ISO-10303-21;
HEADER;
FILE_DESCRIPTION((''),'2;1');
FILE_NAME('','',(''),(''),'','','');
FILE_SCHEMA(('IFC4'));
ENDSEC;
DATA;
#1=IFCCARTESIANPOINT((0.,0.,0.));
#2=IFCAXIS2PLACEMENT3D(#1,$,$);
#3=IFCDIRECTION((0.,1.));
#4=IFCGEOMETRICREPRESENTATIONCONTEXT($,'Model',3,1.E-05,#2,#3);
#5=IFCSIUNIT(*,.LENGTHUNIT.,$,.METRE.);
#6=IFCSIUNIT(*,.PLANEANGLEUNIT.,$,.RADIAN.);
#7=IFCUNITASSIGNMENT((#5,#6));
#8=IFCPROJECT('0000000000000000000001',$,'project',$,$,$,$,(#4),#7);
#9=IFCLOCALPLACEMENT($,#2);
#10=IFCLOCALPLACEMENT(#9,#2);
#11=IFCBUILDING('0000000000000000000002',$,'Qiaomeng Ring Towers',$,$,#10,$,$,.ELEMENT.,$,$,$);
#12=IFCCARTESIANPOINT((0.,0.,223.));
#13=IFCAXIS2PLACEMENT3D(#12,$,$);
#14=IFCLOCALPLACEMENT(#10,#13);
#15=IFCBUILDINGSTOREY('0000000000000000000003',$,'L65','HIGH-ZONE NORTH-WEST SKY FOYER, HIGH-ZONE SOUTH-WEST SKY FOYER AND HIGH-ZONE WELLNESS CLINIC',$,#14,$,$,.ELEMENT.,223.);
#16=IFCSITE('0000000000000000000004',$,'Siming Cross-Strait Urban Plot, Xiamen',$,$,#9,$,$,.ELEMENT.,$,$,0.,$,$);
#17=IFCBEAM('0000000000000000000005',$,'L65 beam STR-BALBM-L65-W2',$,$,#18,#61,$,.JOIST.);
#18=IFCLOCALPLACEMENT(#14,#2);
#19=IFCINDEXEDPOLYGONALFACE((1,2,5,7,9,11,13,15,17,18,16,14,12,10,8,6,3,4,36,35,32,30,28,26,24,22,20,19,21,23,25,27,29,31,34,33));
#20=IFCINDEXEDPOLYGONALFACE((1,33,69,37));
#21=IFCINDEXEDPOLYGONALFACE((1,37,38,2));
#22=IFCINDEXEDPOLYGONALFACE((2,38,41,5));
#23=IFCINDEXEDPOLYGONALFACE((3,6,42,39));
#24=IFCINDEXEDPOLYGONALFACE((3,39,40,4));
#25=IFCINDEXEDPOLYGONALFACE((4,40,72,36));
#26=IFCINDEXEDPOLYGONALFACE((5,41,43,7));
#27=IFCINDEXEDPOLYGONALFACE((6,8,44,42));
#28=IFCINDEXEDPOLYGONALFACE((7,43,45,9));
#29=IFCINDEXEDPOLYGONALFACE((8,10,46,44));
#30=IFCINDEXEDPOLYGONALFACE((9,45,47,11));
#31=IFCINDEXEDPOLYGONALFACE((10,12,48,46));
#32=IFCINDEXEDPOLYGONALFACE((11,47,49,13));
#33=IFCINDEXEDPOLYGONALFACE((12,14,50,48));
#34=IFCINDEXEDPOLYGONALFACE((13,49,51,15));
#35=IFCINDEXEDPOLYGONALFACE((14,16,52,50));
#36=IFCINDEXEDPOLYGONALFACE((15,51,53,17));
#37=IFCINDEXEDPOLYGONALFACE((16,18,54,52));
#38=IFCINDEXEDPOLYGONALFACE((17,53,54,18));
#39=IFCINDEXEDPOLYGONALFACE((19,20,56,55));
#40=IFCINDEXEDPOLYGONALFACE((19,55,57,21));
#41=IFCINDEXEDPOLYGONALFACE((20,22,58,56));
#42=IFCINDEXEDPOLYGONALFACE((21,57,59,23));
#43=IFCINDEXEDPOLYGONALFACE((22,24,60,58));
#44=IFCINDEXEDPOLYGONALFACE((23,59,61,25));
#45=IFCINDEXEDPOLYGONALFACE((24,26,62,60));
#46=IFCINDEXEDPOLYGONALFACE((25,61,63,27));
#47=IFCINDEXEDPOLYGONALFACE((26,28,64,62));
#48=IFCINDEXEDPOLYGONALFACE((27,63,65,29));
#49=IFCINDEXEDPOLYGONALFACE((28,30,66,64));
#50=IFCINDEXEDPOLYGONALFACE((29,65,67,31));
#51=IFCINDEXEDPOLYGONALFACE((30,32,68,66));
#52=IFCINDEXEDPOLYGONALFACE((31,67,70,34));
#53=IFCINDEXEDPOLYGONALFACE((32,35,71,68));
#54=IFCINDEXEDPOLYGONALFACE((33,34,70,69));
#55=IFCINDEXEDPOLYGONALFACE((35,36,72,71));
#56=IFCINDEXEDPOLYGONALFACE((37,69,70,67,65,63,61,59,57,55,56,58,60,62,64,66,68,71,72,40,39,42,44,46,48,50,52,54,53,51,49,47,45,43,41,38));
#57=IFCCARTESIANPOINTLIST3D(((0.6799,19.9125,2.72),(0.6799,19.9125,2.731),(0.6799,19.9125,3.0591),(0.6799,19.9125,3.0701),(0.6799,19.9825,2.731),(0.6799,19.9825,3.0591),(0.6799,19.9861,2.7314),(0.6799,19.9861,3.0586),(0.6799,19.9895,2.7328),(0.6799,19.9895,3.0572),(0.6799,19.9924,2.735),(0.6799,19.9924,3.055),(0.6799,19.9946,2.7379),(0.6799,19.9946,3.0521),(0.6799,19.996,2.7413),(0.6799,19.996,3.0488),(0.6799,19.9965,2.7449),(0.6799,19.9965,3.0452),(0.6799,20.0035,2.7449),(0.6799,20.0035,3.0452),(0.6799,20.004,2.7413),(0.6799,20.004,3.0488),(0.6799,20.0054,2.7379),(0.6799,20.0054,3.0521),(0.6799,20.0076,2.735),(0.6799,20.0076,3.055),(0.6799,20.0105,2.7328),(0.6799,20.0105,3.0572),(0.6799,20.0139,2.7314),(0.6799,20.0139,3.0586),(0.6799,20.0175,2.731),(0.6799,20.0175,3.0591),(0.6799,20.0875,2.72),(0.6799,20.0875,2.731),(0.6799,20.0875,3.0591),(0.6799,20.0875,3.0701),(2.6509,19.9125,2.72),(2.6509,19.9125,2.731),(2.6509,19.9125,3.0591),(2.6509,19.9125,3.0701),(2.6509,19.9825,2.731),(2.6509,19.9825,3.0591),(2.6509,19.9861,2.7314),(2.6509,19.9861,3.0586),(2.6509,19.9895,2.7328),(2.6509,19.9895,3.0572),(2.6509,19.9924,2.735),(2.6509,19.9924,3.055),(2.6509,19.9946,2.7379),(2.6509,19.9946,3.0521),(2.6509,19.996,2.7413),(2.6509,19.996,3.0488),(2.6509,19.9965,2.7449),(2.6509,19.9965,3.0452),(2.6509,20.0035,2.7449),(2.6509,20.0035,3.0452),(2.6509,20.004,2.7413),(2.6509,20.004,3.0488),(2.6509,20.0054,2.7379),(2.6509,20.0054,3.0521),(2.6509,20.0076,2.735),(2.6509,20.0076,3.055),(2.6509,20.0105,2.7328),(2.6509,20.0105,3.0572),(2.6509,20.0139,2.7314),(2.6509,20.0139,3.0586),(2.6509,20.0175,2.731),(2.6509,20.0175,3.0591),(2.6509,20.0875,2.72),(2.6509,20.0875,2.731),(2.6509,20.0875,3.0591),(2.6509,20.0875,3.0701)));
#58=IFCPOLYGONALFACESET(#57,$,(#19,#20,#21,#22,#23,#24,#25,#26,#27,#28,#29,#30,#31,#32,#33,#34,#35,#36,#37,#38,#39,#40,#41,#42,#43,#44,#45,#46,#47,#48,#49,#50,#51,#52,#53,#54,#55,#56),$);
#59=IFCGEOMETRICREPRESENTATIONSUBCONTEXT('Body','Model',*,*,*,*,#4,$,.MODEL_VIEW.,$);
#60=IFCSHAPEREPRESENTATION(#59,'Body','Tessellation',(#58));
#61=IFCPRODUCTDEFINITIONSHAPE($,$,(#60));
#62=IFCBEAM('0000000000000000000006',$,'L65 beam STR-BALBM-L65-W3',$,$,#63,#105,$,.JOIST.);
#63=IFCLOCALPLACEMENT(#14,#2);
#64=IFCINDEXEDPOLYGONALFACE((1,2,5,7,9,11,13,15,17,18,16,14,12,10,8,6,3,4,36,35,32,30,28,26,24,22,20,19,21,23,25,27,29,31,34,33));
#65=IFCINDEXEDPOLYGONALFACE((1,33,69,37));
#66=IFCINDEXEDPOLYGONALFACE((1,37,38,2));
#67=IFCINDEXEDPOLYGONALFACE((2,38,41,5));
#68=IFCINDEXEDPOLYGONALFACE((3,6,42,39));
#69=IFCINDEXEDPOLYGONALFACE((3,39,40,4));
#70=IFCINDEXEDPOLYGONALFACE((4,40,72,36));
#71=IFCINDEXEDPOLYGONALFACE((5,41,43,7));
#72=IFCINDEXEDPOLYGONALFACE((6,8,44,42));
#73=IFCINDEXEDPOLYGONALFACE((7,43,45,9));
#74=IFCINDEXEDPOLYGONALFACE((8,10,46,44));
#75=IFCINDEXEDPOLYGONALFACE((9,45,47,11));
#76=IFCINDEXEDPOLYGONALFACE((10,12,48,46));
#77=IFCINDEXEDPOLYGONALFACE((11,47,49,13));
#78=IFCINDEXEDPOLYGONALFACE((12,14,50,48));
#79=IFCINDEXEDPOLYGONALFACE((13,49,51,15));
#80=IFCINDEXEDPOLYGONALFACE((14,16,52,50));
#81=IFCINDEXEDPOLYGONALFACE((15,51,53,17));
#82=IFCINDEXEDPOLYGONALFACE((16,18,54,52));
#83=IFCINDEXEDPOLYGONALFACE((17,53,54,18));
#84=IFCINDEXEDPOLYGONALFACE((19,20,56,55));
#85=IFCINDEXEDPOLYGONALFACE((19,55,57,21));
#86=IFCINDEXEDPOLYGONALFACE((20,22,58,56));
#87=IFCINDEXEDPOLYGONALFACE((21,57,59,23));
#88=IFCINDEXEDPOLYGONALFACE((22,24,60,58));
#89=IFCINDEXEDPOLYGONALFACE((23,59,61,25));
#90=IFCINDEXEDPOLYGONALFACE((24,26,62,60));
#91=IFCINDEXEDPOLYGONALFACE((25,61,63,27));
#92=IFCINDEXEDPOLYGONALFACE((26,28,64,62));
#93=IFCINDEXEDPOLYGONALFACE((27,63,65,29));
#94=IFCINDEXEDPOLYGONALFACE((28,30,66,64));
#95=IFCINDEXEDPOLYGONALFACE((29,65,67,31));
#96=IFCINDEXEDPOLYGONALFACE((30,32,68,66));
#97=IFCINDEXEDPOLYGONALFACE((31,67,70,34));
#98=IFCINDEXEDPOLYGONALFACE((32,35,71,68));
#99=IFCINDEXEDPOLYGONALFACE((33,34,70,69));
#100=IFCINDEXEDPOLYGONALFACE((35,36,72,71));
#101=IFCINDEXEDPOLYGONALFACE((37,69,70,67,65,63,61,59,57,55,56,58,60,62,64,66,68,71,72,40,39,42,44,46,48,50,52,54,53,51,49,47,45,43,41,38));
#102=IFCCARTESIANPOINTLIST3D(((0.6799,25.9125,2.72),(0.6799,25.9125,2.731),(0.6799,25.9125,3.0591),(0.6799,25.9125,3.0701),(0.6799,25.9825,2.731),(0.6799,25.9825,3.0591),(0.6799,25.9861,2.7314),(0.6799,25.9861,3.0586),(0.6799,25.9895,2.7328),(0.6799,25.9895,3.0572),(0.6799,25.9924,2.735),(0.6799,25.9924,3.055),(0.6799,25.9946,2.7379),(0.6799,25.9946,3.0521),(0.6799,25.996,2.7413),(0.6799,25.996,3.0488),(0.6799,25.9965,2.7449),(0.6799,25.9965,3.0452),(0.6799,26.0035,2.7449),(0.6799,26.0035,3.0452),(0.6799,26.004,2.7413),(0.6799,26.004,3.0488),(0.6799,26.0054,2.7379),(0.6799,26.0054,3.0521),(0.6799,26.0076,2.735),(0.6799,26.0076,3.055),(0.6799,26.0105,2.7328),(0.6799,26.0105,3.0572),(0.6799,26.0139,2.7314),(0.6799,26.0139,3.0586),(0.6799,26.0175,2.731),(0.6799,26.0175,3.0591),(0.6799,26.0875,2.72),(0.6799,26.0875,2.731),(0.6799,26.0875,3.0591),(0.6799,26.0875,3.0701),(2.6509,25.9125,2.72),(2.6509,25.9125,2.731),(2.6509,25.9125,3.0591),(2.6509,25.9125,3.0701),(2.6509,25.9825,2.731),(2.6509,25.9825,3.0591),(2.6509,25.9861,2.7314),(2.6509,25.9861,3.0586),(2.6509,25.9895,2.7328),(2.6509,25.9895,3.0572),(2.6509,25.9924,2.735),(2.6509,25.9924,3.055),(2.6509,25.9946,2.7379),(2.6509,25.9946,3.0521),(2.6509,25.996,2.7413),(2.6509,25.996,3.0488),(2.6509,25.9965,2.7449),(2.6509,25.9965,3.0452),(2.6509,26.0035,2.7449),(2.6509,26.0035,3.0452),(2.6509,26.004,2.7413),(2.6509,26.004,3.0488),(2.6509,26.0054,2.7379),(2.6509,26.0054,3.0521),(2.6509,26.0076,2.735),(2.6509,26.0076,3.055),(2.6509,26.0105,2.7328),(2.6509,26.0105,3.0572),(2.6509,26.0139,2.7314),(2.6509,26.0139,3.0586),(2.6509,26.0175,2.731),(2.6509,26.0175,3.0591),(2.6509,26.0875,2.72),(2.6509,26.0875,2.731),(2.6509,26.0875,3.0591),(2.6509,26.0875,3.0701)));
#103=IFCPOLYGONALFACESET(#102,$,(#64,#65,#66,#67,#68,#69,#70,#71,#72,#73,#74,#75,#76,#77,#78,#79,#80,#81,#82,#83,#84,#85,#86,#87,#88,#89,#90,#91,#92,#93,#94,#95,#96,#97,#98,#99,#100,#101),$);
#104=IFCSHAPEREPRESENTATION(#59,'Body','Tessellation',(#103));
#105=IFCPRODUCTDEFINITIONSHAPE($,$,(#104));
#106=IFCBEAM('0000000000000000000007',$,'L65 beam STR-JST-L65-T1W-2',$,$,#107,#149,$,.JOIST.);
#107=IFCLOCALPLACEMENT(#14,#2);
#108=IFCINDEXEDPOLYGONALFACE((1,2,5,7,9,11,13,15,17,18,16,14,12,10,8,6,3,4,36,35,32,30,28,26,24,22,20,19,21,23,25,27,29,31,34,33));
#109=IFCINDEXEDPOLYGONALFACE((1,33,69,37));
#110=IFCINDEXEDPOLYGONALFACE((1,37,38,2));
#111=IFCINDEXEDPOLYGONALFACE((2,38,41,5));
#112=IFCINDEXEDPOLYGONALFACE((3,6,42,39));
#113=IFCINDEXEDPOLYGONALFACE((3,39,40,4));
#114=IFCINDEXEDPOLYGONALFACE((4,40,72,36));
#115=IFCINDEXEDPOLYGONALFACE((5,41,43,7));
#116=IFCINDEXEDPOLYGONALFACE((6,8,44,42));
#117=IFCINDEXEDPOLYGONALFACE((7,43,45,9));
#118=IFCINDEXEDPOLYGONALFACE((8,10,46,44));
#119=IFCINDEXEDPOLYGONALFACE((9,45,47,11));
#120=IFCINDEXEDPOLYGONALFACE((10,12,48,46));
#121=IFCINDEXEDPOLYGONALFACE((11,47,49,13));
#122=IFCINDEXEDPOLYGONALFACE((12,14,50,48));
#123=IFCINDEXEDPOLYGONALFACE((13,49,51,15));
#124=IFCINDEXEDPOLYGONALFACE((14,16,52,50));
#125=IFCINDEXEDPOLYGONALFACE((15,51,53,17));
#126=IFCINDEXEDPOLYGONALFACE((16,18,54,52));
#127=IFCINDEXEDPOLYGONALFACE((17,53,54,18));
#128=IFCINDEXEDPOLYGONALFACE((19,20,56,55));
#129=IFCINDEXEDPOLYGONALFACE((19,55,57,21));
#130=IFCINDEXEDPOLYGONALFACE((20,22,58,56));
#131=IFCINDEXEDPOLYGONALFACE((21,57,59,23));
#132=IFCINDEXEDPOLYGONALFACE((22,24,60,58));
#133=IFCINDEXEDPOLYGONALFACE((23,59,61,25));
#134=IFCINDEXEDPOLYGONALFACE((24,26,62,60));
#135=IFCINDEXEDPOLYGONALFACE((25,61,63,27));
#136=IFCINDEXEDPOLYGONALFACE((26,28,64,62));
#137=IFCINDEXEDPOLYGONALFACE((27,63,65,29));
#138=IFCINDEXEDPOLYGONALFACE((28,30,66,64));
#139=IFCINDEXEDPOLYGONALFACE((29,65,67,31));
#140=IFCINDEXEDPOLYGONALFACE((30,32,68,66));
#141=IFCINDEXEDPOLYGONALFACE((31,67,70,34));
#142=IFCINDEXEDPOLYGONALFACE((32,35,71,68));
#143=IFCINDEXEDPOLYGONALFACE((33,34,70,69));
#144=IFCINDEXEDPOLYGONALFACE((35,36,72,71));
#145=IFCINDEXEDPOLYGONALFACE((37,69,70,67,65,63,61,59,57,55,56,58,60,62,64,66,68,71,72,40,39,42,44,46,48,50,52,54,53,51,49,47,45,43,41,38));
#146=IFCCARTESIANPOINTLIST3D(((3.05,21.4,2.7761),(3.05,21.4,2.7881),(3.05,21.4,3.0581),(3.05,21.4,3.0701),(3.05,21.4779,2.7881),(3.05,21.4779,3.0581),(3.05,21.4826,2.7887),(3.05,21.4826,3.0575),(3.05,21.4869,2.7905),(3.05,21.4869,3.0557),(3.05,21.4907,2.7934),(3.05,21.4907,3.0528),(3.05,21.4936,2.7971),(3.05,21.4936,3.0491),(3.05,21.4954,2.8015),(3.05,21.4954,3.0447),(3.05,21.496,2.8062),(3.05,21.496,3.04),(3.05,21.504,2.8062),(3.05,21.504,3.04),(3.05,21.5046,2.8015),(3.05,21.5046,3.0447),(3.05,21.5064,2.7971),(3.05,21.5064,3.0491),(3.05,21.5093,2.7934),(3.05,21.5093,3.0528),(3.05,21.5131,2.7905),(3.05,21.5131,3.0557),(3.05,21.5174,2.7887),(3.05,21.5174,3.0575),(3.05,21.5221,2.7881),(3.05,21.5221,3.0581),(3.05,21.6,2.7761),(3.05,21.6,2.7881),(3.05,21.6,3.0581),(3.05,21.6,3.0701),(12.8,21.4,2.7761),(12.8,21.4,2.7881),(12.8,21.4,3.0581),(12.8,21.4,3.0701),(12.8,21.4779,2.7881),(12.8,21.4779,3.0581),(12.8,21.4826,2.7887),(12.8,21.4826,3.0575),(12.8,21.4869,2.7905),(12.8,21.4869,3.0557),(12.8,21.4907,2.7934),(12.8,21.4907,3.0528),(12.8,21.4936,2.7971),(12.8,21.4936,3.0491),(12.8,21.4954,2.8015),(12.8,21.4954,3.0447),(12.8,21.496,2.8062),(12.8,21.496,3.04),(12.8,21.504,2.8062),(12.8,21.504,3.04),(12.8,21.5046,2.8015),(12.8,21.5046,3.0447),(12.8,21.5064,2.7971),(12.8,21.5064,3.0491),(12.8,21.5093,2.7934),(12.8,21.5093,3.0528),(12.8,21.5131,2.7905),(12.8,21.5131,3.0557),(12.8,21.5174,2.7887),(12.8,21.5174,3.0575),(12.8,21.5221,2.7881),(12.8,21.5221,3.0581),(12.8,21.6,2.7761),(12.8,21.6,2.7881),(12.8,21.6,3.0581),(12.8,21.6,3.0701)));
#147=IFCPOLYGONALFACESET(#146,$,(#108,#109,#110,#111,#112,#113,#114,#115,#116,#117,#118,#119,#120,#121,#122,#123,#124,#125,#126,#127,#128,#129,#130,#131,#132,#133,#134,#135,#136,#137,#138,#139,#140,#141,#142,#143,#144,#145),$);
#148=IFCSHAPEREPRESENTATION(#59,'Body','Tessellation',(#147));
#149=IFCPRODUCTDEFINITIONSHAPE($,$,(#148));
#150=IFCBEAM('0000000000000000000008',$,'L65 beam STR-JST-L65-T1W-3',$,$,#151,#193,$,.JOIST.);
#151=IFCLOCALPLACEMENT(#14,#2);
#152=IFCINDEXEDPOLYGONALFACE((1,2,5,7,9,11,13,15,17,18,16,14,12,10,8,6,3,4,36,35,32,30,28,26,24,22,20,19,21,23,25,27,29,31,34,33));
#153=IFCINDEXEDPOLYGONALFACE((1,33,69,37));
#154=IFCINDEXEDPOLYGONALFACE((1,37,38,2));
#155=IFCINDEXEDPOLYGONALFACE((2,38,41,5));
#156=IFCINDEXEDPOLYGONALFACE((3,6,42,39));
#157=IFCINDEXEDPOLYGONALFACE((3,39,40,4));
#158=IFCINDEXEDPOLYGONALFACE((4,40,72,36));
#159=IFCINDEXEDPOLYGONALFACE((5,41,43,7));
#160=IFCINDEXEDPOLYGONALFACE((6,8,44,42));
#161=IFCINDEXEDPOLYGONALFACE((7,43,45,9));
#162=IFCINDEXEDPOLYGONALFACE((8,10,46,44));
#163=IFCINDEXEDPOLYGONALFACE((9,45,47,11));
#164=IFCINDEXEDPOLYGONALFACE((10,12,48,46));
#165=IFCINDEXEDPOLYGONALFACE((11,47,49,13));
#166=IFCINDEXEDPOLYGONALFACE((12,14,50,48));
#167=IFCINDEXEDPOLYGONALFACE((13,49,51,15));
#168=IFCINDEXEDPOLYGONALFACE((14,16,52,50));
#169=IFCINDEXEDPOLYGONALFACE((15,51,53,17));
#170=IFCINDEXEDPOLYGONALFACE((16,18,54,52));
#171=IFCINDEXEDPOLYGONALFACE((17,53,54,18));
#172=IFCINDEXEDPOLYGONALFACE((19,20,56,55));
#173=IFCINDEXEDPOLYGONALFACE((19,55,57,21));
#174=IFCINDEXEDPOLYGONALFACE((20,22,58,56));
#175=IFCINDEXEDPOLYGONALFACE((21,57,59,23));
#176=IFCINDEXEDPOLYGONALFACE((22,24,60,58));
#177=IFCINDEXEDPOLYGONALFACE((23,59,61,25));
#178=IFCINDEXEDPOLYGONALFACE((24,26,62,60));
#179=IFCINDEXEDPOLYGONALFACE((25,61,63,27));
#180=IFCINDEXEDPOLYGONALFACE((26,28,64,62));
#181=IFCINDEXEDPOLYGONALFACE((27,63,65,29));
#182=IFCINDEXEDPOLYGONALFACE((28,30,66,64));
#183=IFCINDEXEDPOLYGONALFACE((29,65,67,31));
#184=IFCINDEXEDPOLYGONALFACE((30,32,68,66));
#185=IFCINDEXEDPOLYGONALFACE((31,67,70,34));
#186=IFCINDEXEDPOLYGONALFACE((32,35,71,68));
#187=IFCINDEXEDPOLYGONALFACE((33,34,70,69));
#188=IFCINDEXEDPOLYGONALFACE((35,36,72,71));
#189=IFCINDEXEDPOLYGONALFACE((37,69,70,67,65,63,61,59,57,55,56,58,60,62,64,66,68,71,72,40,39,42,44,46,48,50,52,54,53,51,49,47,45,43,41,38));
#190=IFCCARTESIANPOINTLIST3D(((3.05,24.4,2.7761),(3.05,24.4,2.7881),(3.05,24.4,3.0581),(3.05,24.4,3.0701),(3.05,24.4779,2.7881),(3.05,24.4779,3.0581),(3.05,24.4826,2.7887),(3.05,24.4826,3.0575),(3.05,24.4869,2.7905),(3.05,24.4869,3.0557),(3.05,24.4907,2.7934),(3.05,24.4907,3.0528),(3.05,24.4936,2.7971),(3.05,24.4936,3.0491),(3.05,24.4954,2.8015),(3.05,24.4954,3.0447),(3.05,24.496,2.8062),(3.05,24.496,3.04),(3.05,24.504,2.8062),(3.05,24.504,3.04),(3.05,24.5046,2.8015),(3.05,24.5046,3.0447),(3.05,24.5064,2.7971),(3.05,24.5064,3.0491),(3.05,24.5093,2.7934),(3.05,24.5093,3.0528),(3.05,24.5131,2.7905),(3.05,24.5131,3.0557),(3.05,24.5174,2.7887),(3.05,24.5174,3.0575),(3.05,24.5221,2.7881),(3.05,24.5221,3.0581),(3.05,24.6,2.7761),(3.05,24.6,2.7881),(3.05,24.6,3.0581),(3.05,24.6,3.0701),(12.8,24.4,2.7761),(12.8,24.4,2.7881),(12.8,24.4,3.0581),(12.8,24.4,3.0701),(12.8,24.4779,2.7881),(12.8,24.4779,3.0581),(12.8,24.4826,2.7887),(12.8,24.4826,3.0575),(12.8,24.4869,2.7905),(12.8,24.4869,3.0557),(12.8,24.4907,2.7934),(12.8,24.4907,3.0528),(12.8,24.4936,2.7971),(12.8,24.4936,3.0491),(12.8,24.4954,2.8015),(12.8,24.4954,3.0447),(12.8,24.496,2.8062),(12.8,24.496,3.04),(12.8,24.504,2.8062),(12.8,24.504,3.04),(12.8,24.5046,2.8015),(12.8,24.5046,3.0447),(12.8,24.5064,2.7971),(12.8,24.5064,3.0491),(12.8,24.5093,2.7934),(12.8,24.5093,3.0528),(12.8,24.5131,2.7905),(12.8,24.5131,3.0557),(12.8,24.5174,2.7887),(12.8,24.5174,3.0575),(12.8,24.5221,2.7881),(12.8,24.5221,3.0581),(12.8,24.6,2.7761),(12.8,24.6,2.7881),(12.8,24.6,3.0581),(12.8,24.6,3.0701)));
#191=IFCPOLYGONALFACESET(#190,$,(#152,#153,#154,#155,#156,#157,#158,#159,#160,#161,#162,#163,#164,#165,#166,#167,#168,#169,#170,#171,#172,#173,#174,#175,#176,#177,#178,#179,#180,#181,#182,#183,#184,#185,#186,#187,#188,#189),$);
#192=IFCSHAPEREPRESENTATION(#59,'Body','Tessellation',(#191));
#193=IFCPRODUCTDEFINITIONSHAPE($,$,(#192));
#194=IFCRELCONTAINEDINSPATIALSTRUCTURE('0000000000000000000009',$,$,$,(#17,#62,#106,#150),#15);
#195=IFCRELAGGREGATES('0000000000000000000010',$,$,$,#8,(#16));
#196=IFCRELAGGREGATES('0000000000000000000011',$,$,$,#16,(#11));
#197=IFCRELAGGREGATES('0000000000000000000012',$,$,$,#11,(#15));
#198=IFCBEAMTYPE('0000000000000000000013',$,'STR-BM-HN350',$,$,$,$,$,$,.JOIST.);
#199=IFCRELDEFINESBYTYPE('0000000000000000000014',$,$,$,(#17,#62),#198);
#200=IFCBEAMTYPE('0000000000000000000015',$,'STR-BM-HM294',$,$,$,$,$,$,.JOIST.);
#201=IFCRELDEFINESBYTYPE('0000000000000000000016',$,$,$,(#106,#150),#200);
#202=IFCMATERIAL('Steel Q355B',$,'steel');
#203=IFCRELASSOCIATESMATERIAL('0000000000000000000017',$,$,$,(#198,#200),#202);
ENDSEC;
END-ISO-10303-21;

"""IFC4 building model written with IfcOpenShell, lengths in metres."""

from ifc_helpers import new_model, si_unit, direction, frame, origin, origin_2d, place, context, subcontext, project, spatial, i_section, extrude, source, transform, mapped, material, material_profile, profile_set, type_object, element, save


model = new_model("IFC4")

# Units and contexts
model_context = context("Model", 3, precision=1e-05, world=origin(), true_north=direction((0.0, 1.0)))
body_context = subcontext(model_context, "Body", "Model", "MODEL_VIEW")
ifc_project = project(units=[si_unit("LENGTHUNIT", "METRE"), si_unit("PLANEANGLEUNIT", "RADIAN")], contexts=[model_context])

# Site, building, storey
site_placement = place(None, origin())
site = spatial("IfcSite", under=ifc_project, at=site_placement, Name="Siming Cross-Strait Urban Plot, Xiamen", CompositionType="ELEMENT", RefElevation=0.0)
building_placement = place(site_placement, origin())
building = spatial("IfcBuilding", under=site, at=building_placement, Name="Qiaomeng Ring Towers", CompositionType="ELEMENT")
storey_placement = place(building_placement, frame((0.0, 0.0, 223.0)))
storey = spatial("IfcBuildingStorey", under=building, at=storey_placement, Name="L65", Description="HIGH-ZONE NORTH-WEST SKY FOYER, HIGH-ZONE SOUTH-WEST SKY FOYER AND HIGH-ZONE WELLNESS CLINIC", CompositionType="ELEMENT", Elevation=223.0)

# Beams
ifc_material_1 = material(Name="Steel Q355B", Category="steel")
ifc_material_profile_1 = material_profile(ifc_material_1, i_section(OverallWidth=0.175, OverallDepth=0.3501, WebThickness=0.0071, FlangeThickness=0.011, FilletRadius=0.0139, at=origin_2d()), Name="HN 350x175x7x11")
ifc_profile_set_1 = profile_set([ifc_material_profile_1], Name="Steel Q355B")
beam_type_1 = type_object("IfcBeamType", Name="STR-BM-HN350", PredefinedType="JOIST", material=ifc_profile_set_1)
shared_shape_1 = source(origin(), body_context, "Body", "SweptSolid", [
    extrude(i_section(OverallWidth=0.175, OverallDepth=0.3501, WebThickness=0.0071, FlangeThickness=0.011, FilletRadius=0.0139, at=origin_2d()), origin(), (0.0, 0.0, 1.0), 1.9709),
])
for number, where, z_axis, x_axis, name in (
    (1, (0.6799, 20.0, 2.895), (1.0, 0.0, 0.0), (0.0, 1.0, 0.0), "L65 beam STR-BALBM-L65-W2"),
    (2, (0.6799, 26.0, 2.895), (1.0, 0.0, 0.0), (0.0, 1.0, 0.0), "L65 beam STR-BALBM-L65-W3"),
):
    element("IfcBeam", number, at=place(storey_placement, frame(where, z_axis=z_axis, x_axis=x_axis)), inside=storey, type_object=beam_type_1, Name=name, PredefinedType="JOIST", context=body_context, shape_type="MappedRepresentation", body=[
        mapped(shared_shape_1, transform((0.0, 0.0, 0.0), x_axis=(1.0, 0.0, 0.0), y_axis=(0.0, 1.0, 0.0), z_axis=(0.0, 0.0, 1.0), scale=1.0)),
    ])
ifc_material_profile_2 = material_profile(ifc_material_1, i_section(OverallWidth=0.2, OverallDepth=0.2939, WebThickness=0.0081, FlangeThickness=0.012, FilletRadius=0.0181, at=origin_2d()), Name="HM 294x200x8x12")
ifc_profile_set_2 = profile_set([ifc_material_profile_2], Name="Steel Q355B")
beam_type_2 = type_object("IfcBeamType", Name="STR-BM-HM294", PredefinedType="JOIST", material=ifc_profile_set_2)
shared_shape_2 = source(origin(), body_context, "Body", "SweptSolid", [
    extrude(i_section(OverallWidth=0.2, OverallDepth=0.2939, WebThickness=0.0081, FlangeThickness=0.012, FilletRadius=0.0181, at=origin_2d()), origin(), (0.0, 0.0, 1.0), 9.75),
])
for number, where, z_axis, x_axis, name in (
    (3, (3.05, 21.5, 2.9231), (1.0, 0.0, 0.0), (0.0, 1.0, 0.0), "L65 beam STR-JST-L65-T1W-2"),
    (4, (3.05, 24.5, 2.9231), (1.0, 0.0, 0.0), (0.0, 1.0, 0.0), "L65 beam STR-JST-L65-T1W-3"),
):
    element("IfcBeam", number, at=place(storey_placement, frame(where, z_axis=z_axis, x_axis=x_axis)), inside=storey, type_object=beam_type_2, Name=name, PredefinedType="JOIST", context=body_context, shape_type="MappedRepresentation", body=[
        mapped(shared_shape_2, transform((0.0, 0.0, 0.0), x_axis=(1.0, 0.0, 0.0), y_axis=(0.0, 1.0, 0.0), z_axis=(0.0, 0.0, 1.0), scale=1.0)),
    ])

save(model, "model.ifc")
